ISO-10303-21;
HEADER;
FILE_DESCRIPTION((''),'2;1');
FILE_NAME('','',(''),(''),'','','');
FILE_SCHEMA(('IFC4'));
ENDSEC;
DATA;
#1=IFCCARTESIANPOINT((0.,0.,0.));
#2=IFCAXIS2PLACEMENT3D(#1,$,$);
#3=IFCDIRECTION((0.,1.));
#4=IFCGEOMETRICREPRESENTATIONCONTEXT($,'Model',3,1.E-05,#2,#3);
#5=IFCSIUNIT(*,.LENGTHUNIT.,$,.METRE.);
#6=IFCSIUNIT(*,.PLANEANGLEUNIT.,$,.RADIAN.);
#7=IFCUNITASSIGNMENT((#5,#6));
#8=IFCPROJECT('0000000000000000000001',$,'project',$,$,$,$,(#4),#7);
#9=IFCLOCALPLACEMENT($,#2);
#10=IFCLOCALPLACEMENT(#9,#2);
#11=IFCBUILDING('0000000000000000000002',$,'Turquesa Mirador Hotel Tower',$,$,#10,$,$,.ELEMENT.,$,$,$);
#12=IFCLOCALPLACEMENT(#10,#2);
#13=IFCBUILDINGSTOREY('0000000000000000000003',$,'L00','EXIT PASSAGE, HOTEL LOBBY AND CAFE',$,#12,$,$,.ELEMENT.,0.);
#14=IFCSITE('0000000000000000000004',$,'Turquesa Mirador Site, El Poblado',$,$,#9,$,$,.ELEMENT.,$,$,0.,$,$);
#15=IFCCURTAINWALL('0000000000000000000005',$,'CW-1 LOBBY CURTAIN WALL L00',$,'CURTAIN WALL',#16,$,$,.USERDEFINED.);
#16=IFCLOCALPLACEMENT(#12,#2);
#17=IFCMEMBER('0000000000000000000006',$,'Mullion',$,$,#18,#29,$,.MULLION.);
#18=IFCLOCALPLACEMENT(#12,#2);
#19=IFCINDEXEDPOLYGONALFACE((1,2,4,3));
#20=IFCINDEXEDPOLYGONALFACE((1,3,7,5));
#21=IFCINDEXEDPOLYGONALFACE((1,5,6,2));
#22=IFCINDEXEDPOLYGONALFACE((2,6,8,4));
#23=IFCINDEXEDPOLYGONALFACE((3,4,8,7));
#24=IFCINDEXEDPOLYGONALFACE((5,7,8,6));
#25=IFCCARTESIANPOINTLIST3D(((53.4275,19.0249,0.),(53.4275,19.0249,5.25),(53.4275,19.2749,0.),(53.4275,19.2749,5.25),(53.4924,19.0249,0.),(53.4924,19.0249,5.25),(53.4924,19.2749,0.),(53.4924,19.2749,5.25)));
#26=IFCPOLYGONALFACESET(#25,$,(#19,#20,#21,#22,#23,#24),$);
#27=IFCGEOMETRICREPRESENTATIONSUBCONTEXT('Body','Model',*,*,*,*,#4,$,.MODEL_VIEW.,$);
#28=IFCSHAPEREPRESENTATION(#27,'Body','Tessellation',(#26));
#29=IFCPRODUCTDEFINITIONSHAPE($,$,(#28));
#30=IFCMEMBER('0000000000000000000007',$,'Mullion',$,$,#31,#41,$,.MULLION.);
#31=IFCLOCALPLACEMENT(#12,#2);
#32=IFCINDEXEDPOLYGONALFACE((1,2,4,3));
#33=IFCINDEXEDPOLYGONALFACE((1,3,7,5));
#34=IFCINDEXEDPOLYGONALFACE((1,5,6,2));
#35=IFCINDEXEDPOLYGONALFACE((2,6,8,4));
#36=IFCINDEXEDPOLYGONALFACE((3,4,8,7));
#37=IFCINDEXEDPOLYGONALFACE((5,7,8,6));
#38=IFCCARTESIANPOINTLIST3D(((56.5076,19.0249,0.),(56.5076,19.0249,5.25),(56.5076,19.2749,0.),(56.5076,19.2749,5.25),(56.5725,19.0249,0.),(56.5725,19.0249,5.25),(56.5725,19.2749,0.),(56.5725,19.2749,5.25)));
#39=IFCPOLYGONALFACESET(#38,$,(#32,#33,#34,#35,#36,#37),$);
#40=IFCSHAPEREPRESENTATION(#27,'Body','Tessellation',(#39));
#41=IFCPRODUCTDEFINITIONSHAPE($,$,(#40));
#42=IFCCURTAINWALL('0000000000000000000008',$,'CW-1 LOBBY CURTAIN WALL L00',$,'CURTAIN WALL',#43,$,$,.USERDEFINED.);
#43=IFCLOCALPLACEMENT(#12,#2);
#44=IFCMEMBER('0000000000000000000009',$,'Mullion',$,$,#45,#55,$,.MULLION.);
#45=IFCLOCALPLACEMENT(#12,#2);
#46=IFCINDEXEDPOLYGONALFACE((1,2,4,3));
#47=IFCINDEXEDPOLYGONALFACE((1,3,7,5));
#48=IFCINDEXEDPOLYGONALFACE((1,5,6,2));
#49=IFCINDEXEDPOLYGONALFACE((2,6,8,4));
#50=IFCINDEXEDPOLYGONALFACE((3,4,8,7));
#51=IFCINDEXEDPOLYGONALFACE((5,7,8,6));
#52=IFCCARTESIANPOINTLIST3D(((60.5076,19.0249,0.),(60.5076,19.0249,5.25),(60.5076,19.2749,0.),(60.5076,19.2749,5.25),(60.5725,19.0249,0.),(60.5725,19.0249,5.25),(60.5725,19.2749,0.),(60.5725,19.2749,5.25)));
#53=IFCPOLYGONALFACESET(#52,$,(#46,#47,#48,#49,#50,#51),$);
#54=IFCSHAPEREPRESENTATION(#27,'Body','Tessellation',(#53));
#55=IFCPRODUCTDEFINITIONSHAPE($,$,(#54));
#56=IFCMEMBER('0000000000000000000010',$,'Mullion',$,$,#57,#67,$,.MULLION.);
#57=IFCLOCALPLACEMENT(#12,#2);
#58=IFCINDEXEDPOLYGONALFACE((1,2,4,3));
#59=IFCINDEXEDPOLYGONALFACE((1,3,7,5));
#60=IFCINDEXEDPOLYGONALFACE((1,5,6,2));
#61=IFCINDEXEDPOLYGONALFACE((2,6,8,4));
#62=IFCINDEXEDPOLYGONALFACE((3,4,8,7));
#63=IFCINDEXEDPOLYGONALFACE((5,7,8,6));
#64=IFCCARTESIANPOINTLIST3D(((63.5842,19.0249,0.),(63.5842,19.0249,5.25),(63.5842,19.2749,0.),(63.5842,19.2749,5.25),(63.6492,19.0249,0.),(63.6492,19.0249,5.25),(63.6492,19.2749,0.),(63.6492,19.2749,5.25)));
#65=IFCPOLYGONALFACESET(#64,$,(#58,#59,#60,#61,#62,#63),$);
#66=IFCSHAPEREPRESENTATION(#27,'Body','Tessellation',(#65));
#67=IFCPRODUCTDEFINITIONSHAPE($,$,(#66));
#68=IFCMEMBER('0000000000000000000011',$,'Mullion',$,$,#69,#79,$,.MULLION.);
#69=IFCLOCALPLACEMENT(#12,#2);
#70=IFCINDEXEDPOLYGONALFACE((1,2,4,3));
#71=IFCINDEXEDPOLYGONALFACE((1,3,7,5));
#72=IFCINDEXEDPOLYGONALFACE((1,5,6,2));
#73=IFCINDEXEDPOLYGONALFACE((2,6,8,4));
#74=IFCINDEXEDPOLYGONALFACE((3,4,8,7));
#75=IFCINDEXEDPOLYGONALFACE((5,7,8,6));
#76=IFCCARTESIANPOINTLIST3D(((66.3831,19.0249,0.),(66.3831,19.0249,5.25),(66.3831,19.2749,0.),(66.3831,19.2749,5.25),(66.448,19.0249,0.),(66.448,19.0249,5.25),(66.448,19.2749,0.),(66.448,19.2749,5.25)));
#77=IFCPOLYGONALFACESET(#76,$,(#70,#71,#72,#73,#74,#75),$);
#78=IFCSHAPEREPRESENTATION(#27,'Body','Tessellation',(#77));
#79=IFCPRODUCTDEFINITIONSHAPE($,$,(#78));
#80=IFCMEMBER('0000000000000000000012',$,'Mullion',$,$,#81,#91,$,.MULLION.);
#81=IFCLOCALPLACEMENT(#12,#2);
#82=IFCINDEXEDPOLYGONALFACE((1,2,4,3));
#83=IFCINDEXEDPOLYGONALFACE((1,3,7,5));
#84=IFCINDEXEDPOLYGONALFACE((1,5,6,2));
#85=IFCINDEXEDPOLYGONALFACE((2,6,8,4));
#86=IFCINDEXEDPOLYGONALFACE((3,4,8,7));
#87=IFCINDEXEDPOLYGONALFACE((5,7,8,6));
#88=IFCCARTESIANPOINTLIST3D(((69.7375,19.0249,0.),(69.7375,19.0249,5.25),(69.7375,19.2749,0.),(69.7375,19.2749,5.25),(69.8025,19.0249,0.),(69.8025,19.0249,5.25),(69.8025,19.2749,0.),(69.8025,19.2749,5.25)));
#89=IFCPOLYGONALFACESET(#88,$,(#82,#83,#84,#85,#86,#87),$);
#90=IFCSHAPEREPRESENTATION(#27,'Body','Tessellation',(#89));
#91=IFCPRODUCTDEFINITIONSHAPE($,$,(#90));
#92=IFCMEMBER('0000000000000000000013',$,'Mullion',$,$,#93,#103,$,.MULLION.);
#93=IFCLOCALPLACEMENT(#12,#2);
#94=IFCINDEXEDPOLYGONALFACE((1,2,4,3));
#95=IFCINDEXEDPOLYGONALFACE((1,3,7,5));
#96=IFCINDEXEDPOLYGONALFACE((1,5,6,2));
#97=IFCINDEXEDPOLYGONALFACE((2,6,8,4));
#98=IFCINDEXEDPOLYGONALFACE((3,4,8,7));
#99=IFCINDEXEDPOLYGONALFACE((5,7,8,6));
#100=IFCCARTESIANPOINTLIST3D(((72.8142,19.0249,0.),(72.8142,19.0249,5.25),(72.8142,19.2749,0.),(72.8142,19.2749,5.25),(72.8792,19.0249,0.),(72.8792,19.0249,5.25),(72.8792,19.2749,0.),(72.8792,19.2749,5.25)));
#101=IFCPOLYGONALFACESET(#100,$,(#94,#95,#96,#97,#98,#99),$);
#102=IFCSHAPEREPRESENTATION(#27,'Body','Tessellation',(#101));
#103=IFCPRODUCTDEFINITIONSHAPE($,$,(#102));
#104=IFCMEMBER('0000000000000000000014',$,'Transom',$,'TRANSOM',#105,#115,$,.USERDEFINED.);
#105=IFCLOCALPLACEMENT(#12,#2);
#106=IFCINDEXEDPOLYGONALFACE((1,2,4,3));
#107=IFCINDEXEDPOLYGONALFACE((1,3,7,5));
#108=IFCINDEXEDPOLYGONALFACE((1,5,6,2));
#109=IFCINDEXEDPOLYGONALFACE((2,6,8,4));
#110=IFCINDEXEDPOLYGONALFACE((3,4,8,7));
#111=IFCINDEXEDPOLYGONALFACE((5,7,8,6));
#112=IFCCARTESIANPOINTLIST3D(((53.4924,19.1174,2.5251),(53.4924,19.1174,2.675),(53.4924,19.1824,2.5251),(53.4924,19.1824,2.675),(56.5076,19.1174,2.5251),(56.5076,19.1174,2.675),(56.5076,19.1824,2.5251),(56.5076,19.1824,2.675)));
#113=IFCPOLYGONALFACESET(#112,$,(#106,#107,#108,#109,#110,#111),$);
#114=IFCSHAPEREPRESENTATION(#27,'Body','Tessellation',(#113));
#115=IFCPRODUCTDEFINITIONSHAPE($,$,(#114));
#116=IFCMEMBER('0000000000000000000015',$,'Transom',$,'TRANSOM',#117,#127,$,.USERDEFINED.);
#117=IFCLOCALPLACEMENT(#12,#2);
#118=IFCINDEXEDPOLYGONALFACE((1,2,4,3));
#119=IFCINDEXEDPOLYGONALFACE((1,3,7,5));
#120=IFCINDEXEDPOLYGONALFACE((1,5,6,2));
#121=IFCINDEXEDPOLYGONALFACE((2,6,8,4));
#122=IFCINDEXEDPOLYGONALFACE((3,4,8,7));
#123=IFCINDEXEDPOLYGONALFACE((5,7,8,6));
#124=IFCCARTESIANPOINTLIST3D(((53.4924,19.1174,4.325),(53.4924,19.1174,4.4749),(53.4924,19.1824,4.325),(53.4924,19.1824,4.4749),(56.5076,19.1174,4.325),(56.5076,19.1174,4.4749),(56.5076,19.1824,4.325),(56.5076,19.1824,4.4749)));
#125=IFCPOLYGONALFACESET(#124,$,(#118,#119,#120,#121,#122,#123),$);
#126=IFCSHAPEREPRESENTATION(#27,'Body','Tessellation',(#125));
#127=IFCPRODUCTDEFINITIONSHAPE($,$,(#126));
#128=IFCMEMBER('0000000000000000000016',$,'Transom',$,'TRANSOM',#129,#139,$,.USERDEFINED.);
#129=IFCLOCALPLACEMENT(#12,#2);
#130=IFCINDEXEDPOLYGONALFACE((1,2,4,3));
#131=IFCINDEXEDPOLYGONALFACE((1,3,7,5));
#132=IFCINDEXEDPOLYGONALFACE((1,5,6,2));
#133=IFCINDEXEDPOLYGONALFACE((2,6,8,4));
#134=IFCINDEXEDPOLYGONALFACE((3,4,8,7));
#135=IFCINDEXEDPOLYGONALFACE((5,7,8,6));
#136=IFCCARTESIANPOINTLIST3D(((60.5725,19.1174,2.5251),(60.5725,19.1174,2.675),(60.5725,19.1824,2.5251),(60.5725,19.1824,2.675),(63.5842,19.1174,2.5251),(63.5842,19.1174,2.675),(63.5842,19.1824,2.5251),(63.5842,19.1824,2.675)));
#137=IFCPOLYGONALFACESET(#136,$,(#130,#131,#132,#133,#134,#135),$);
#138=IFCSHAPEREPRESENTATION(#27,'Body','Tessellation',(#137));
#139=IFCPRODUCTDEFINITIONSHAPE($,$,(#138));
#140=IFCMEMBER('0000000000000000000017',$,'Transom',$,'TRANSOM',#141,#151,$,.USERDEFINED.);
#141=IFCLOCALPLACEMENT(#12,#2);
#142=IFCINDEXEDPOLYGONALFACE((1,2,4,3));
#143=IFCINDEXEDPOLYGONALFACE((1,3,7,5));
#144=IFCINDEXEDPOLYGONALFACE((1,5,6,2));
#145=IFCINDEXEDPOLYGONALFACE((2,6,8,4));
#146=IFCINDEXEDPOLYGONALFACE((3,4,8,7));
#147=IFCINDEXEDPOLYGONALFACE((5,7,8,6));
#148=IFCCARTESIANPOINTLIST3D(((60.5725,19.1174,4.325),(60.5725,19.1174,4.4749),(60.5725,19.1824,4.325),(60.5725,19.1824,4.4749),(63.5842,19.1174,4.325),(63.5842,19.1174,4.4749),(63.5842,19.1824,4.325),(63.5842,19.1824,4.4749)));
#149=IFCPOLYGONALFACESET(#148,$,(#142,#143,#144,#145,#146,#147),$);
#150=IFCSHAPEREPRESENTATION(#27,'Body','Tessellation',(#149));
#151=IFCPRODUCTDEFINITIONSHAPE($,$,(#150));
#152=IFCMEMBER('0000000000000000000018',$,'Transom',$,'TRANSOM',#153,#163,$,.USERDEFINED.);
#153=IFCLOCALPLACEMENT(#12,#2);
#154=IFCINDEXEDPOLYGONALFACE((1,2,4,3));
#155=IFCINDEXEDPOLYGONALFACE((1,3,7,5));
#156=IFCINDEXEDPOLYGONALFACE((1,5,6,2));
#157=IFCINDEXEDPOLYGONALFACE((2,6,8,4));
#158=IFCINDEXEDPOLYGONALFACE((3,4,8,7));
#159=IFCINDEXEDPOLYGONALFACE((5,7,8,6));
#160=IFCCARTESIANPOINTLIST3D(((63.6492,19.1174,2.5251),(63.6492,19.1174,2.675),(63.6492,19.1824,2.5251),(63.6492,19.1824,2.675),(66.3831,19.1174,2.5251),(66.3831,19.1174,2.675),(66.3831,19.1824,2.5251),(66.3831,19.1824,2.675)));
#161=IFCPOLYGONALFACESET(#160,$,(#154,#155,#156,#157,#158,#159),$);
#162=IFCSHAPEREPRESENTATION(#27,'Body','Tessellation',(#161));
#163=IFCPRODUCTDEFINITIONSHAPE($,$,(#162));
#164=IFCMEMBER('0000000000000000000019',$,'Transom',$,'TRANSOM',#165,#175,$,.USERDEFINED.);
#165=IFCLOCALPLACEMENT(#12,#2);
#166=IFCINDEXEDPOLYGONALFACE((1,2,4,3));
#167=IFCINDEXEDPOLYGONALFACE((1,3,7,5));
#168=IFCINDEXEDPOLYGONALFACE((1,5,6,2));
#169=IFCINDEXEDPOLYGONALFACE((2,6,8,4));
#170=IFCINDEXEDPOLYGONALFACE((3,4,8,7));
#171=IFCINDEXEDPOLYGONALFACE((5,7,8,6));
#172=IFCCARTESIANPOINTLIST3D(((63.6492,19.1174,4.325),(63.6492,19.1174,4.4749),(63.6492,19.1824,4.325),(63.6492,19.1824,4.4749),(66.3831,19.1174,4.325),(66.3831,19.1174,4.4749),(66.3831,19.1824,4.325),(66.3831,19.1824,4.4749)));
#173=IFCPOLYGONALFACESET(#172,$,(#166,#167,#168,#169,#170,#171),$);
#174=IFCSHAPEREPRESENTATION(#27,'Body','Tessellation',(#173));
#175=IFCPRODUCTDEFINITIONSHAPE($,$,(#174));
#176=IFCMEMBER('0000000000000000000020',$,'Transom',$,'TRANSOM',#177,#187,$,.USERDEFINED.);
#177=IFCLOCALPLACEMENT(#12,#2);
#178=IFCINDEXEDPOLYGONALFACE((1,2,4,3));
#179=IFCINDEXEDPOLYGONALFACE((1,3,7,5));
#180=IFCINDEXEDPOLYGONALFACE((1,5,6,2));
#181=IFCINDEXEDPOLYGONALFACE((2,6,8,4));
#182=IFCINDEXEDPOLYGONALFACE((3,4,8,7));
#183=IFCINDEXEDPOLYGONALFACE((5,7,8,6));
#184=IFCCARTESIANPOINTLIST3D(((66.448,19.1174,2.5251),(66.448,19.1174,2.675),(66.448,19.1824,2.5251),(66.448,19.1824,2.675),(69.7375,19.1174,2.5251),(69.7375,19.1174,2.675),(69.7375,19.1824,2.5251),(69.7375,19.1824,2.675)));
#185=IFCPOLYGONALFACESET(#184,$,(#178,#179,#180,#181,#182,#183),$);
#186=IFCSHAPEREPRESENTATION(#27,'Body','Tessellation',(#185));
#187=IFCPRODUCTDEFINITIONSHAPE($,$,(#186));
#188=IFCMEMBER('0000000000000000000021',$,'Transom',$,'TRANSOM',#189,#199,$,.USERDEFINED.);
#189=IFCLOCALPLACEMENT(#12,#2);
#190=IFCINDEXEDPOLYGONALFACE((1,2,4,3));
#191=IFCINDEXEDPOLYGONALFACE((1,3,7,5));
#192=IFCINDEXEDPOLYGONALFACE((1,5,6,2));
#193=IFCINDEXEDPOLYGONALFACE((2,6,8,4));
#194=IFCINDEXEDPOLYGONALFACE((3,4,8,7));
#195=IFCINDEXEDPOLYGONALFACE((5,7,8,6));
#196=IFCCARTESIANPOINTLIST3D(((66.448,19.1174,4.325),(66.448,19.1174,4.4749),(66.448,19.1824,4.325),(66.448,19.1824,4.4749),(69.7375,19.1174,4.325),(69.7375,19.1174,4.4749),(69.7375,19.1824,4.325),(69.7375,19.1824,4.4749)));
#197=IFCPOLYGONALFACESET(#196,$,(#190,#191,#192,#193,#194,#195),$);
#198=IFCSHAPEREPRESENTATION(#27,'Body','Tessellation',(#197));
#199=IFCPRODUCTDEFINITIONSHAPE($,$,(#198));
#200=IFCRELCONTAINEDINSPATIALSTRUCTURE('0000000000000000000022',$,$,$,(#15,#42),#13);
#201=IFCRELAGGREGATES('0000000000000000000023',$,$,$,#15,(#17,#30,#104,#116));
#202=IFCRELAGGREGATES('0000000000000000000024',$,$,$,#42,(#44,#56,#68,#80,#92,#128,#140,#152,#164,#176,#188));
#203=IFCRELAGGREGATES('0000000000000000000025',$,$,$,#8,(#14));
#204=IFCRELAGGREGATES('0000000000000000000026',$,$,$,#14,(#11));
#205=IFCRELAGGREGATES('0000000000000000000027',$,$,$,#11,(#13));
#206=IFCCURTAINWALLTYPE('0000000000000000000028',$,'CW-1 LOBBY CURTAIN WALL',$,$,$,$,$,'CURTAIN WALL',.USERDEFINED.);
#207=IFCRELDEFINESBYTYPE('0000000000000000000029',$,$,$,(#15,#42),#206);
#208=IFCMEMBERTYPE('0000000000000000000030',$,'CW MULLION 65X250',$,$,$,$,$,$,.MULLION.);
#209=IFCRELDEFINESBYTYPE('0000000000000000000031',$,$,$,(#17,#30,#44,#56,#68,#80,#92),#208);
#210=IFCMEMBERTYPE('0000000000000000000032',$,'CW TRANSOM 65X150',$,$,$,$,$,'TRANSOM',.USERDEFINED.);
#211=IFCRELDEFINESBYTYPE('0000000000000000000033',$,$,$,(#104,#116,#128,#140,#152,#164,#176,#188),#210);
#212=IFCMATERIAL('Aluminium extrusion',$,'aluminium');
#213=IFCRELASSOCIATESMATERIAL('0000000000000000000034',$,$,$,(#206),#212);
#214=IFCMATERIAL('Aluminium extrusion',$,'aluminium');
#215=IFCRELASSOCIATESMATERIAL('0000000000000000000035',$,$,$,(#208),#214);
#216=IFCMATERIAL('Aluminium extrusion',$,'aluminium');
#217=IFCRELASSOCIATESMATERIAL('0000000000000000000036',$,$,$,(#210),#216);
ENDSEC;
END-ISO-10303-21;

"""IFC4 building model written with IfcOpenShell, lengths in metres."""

from ifc_helpers import new_model, si_unit, direction, frame, origin, origin_2d, place, context, subcontext, project, spatial, rectangle, extrude, material, material_profile, profile_set, type_object, element, aggregate, save


model = new_model("IFC4")

# Units and contexts
model_context = context("Model", 3, precision=1e-05, world=origin(), true_north=direction((0.0, 1.0)))
body_context = subcontext(model_context, "Body", "Model", "MODEL_VIEW")
ifc_project = project(units=[si_unit("LENGTHUNIT", "METRE"), si_unit("PLANEANGLEUNIT", "RADIAN")], contexts=[model_context])

# Site, building, storey
site_placement = place(None, origin())
site = spatial("IfcSite", under=ifc_project, at=site_placement, Name="Turquesa Mirador Site, El Poblado", CompositionType="ELEMENT", RefElevation=0.0)
building_placement = place(site_placement, origin())
building = spatial("IfcBuilding", under=site, at=building_placement, Name="Turquesa Mirador Hotel Tower", CompositionType="ELEMENT")
storey_placement = place(building_placement, origin())
storey = spatial("IfcBuildingStorey", under=building, at=storey_placement, Name="L00", Description="EXIT PASSAGE, HOTEL LOBBY AND CAFE", CompositionType="ELEMENT", Elevation=0.0)

# Curtain walls, members
ifc_material_1 = material(Name="Aluminium extrusion", Category="aluminium")
curtain_wall_type = type_object("IfcCurtainWallType", Name="CW-1 LOBBY CURTAIN WALL", ElementType="CURTAIN WALL", PredefinedType="USERDEFINED", material=ifc_material_1)
curtain_wall_1_placement = place(storey_placement, origin())
curtain_wall_1 = element("IfcCurtainWall", 1, at=curtain_wall_1_placement, inside=storey, type_object=curtain_wall_type, Name="CW-1 LOBBY CURTAIN WALL L00", ObjectType="CURTAIN WALL", PredefinedType="USERDEFINED")
ifc_material_2 = material(Name="Aluminium extrusion", Category="aluminium")
ifc_material_profile_1 = material_profile(ifc_material_2, rectangle(XDim=0.0649, YDim=0.25, at=origin_2d()), Name="MULLION 65X250")
ifc_profile_set_1 = profile_set([ifc_material_profile_1], Name="Aluminium extrusion")
member_type_1 = type_object("IfcMemberType", Name="CW MULLION 65X250", PredefinedType="MULLION", material=ifc_profile_set_1)
member_1_placement = place(storey_placement, frame((53.46, 19.1499, 0.0), z_axis=(0.0, 0.0, 1.0), x_axis=(1.0, 0.0, 0.0)))
member_1 = element("IfcMember", 2, at=member_1_placement, type_object=member_type_1, Name="Mullion", PredefinedType="MULLION", context=body_context, shape_type="SweptSolid", body=[
    extrude(rectangle(XDim=0.0649, YDim=0.25, at=origin_2d()), origin(), (0.0, 0.0, 1.0), 5.25),
])
member_2_placement = place(storey_placement, frame((56.54, 19.1499, 0.0), z_axis=(0.0, 0.0, 1.0), x_axis=(1.0, 0.0, 0.0)))
member_2 = element("IfcMember", 3, at=member_2_placement, type_object=member_type_1, Name="Mullion", PredefinedType="MULLION", context=body_context, shape_type="SweptSolid", body=[
    extrude(rectangle(XDim=0.0649, YDim=0.25, at=origin_2d()), origin(), (0.0, 0.0, 1.0), 5.25),
])
curtain_wall_2_placement = place(storey_placement, origin())
curtain_wall_2 = element("IfcCurtainWall", 4, at=curtain_wall_2_placement, inside=storey, type_object=curtain_wall_type, Name="CW-1 LOBBY CURTAIN WALL L00", ObjectType="CURTAIN WALL", PredefinedType="USERDEFINED")
member_3_placement = place(storey_placement, frame((60.54, 19.1499, 0.0), z_axis=(0.0, 0.0, 1.0), x_axis=(1.0, 0.0, 0.0)))
member_3 = element("IfcMember", 5, at=member_3_placement, type_object=member_type_1, Name="Mullion", PredefinedType="MULLION", context=body_context, shape_type="SweptSolid", body=[
    extrude(rectangle(XDim=0.0649, YDim=0.25, at=origin_2d()), origin(), (0.0, 0.0, 1.0), 5.25),
])
member_4_placement = place(storey_placement, frame((63.6167, 19.1499, 0.0), z_axis=(0.0, 0.0, 1.0), x_axis=(1.0, 0.0, 0.0)))
member_4 = element("IfcMember", 6, at=member_4_placement, type_object=member_type_1, Name="Mullion", PredefinedType="MULLION", context=body_context, shape_type="SweptSolid", body=[
    extrude(rectangle(XDim=0.0649, YDim=0.25, at=origin_2d()), origin(), (0.0, 0.0, 1.0), 5.25),
])
member_5_placement = place(storey_placement, frame((66.4155, 19.1499, 0.0), z_axis=(0.0, 0.0, 1.0), x_axis=(1.0, 0.0, 0.0)))
member_5 = element("IfcMember", 7, at=member_5_placement, type_object=member_type_1, Name="Mullion", PredefinedType="MULLION", context=body_context, shape_type="SweptSolid", body=[
    extrude(rectangle(XDim=0.0649, YDim=0.25, at=origin_2d()), origin(), (0.0, 0.0, 1.0), 5.25),
])
member_6_placement = place(storey_placement, frame((69.77, 19.1499, 0.0), z_axis=(0.0, 0.0, 1.0), x_axis=(1.0, 0.0, 0.0)))
member_6 = element("IfcMember", 8, at=member_6_placement, type_object=member_type_1, Name="Mullion", PredefinedType="MULLION", context=body_context, shape_type="SweptSolid", body=[
    extrude(rectangle(XDim=0.0649, YDim=0.25, at=origin_2d()), origin(), (0.0, 0.0, 1.0), 5.25),
])
member_7_placement = place(storey_placement, frame((72.8467, 19.1499, 0.0), z_axis=(0.0, 0.0, 1.0), x_axis=(1.0, 0.0, 0.0)))
member_7 = element("IfcMember", 9, at=member_7_placement, type_object=member_type_1, Name="Mullion", PredefinedType="MULLION", context=body_context, shape_type="SweptSolid", body=[
    extrude(rectangle(XDim=0.0649, YDim=0.25, at=origin_2d()), origin(), (0.0, 0.0, 1.0), 5.25),
])

# Members
ifc_material_3 = material(Name="Aluminium extrusion", Category="aluminium")
ifc_material_profile_2 = material_profile(ifc_material_3, rectangle(XDim=0.0649, YDim=0.1499, at=origin_2d()), Name="TRANSOM 65X150")
ifc_profile_set_2 = profile_set([ifc_material_profile_2], Name="Aluminium extrusion")
member_type_2 = type_object("IfcMemberType", Name="CW TRANSOM 65X150", ElementType="TRANSOM", PredefinedType="USERDEFINED", material=ifc_profile_set_2)
member_8_placement = place(storey_placement, frame((53.4924, 19.1499, 2.6001), z_axis=(1.0, 0.0, 0.0), x_axis=(0.0, 1.0, 0.0)))
member_8 = element("IfcMember", 10, at=member_8_placement, type_object=member_type_2, Name="Transom", ObjectType="TRANSOM", PredefinedType="USERDEFINED", context=body_context, shape_type="SweptSolid", body=[
    extrude(rectangle(XDim=0.0649, YDim=0.1499, at=origin_2d()), origin(), (0.0, 0.0, 1.0), 3.0151),
])
member_9_placement = place(storey_placement, frame((53.4924, 19.1499, 4.3999), z_axis=(1.0, 0.0, 0.0), x_axis=(0.0, 1.0, 0.0)))
member_9 = element("IfcMember", 11, at=member_9_placement, type_object=member_type_2, Name="Transom", ObjectType="TRANSOM", PredefinedType="USERDEFINED", context=body_context, shape_type="SweptSolid", body=[
    extrude(rectangle(XDim=0.0649, YDim=0.1499, at=origin_2d()), origin(), (0.0, 0.0, 1.0), 3.0151),
])
member_10_placement = place(storey_placement, frame((60.5725, 19.1499, 2.6001), z_axis=(1.0, 0.0, 0.0), x_axis=(0.0, 1.0, 0.0)))
member_10 = element("IfcMember", 12, at=member_10_placement, type_object=member_type_2, Name="Transom", ObjectType="TRANSOM", PredefinedType="USERDEFINED", context=body_context, shape_type="SweptSolid", body=[
    extrude(rectangle(XDim=0.0649, YDim=0.1499, at=origin_2d()), origin(), (0.0, 0.0, 1.0), 3.0117),
])
member_11_placement = place(storey_placement, frame((60.5725, 19.1499, 4.3999), z_axis=(1.0, 0.0, 0.0), x_axis=(0.0, 1.0, 0.0)))
member_11 = element("IfcMember", 13, at=member_11_placement, type_object=member_type_2, Name="Transom", ObjectType="TRANSOM", PredefinedType="USERDEFINED", context=body_context, shape_type="SweptSolid", body=[
    extrude(rectangle(XDim=0.0649, YDim=0.1499, at=origin_2d()), origin(), (0.0, 0.0, 1.0), 3.0117),
])
member_12_placement = place(storey_placement, frame((63.6492, 19.1499, 2.6001), z_axis=(1.0, 0.0, 0.0), x_axis=(0.0, 1.0, 0.0)))
member_12 = element("IfcMember", 14, at=member_12_placement, type_object=member_type_2, Name="Transom", ObjectType="TRANSOM", PredefinedType="USERDEFINED", context=body_context, shape_type="SweptSolid", body=[
    extrude(rectangle(XDim=0.0649, YDim=0.1499, at=origin_2d()), origin(), (0.0, 0.0, 1.0), 2.7339),
])
member_13_placement = place(storey_placement, frame((63.6492, 19.1499, 4.3999), z_axis=(1.0, 0.0, 0.0), x_axis=(0.0, 1.0, 0.0)))
member_13 = element("IfcMember", 15, at=member_13_placement, type_object=member_type_2, Name="Transom", ObjectType="TRANSOM", PredefinedType="USERDEFINED", context=body_context, shape_type="SweptSolid", body=[
    extrude(rectangle(XDim=0.0649, YDim=0.1499, at=origin_2d()), origin(), (0.0, 0.0, 1.0), 2.7339),
])
member_14_placement = place(storey_placement, frame((66.448, 19.1499, 2.6001), z_axis=(1.0, 0.0, 0.0), x_axis=(0.0, 1.0, 0.0)))
member_14 = element("IfcMember", 16, at=member_14_placement, type_object=member_type_2, Name="Transom", ObjectType="TRANSOM", PredefinedType="USERDEFINED", context=body_context, shape_type="SweptSolid", body=[
    extrude(rectangle(XDim=0.0649, YDim=0.1499, at=origin_2d()), origin(), (0.0, 0.0, 1.0), 3.2896),
])
member_15_placement = place(storey_placement, frame((66.448, 19.1499, 4.3999), z_axis=(1.0, 0.0, 0.0), x_axis=(0.0, 1.0, 0.0)))
member_15 = element("IfcMember", 17, at=member_15_placement, type_object=member_type_2, Name="Transom", ObjectType="TRANSOM", PredefinedType="USERDEFINED", context=body_context, shape_type="SweptSolid", body=[
    extrude(rectangle(XDim=0.0649, YDim=0.1499, at=origin_2d()), origin(), (0.0, 0.0, 1.0), 3.2896),
])

aggregate(curtain_wall_1, [member_1, member_2, member_8, member_9])
aggregate(curtain_wall_2, [member_3, member_4, member_5, member_6, member_7, member_10, member_11, member_12, member_13, member_14, member_15])

save(model, "model.ifc")
